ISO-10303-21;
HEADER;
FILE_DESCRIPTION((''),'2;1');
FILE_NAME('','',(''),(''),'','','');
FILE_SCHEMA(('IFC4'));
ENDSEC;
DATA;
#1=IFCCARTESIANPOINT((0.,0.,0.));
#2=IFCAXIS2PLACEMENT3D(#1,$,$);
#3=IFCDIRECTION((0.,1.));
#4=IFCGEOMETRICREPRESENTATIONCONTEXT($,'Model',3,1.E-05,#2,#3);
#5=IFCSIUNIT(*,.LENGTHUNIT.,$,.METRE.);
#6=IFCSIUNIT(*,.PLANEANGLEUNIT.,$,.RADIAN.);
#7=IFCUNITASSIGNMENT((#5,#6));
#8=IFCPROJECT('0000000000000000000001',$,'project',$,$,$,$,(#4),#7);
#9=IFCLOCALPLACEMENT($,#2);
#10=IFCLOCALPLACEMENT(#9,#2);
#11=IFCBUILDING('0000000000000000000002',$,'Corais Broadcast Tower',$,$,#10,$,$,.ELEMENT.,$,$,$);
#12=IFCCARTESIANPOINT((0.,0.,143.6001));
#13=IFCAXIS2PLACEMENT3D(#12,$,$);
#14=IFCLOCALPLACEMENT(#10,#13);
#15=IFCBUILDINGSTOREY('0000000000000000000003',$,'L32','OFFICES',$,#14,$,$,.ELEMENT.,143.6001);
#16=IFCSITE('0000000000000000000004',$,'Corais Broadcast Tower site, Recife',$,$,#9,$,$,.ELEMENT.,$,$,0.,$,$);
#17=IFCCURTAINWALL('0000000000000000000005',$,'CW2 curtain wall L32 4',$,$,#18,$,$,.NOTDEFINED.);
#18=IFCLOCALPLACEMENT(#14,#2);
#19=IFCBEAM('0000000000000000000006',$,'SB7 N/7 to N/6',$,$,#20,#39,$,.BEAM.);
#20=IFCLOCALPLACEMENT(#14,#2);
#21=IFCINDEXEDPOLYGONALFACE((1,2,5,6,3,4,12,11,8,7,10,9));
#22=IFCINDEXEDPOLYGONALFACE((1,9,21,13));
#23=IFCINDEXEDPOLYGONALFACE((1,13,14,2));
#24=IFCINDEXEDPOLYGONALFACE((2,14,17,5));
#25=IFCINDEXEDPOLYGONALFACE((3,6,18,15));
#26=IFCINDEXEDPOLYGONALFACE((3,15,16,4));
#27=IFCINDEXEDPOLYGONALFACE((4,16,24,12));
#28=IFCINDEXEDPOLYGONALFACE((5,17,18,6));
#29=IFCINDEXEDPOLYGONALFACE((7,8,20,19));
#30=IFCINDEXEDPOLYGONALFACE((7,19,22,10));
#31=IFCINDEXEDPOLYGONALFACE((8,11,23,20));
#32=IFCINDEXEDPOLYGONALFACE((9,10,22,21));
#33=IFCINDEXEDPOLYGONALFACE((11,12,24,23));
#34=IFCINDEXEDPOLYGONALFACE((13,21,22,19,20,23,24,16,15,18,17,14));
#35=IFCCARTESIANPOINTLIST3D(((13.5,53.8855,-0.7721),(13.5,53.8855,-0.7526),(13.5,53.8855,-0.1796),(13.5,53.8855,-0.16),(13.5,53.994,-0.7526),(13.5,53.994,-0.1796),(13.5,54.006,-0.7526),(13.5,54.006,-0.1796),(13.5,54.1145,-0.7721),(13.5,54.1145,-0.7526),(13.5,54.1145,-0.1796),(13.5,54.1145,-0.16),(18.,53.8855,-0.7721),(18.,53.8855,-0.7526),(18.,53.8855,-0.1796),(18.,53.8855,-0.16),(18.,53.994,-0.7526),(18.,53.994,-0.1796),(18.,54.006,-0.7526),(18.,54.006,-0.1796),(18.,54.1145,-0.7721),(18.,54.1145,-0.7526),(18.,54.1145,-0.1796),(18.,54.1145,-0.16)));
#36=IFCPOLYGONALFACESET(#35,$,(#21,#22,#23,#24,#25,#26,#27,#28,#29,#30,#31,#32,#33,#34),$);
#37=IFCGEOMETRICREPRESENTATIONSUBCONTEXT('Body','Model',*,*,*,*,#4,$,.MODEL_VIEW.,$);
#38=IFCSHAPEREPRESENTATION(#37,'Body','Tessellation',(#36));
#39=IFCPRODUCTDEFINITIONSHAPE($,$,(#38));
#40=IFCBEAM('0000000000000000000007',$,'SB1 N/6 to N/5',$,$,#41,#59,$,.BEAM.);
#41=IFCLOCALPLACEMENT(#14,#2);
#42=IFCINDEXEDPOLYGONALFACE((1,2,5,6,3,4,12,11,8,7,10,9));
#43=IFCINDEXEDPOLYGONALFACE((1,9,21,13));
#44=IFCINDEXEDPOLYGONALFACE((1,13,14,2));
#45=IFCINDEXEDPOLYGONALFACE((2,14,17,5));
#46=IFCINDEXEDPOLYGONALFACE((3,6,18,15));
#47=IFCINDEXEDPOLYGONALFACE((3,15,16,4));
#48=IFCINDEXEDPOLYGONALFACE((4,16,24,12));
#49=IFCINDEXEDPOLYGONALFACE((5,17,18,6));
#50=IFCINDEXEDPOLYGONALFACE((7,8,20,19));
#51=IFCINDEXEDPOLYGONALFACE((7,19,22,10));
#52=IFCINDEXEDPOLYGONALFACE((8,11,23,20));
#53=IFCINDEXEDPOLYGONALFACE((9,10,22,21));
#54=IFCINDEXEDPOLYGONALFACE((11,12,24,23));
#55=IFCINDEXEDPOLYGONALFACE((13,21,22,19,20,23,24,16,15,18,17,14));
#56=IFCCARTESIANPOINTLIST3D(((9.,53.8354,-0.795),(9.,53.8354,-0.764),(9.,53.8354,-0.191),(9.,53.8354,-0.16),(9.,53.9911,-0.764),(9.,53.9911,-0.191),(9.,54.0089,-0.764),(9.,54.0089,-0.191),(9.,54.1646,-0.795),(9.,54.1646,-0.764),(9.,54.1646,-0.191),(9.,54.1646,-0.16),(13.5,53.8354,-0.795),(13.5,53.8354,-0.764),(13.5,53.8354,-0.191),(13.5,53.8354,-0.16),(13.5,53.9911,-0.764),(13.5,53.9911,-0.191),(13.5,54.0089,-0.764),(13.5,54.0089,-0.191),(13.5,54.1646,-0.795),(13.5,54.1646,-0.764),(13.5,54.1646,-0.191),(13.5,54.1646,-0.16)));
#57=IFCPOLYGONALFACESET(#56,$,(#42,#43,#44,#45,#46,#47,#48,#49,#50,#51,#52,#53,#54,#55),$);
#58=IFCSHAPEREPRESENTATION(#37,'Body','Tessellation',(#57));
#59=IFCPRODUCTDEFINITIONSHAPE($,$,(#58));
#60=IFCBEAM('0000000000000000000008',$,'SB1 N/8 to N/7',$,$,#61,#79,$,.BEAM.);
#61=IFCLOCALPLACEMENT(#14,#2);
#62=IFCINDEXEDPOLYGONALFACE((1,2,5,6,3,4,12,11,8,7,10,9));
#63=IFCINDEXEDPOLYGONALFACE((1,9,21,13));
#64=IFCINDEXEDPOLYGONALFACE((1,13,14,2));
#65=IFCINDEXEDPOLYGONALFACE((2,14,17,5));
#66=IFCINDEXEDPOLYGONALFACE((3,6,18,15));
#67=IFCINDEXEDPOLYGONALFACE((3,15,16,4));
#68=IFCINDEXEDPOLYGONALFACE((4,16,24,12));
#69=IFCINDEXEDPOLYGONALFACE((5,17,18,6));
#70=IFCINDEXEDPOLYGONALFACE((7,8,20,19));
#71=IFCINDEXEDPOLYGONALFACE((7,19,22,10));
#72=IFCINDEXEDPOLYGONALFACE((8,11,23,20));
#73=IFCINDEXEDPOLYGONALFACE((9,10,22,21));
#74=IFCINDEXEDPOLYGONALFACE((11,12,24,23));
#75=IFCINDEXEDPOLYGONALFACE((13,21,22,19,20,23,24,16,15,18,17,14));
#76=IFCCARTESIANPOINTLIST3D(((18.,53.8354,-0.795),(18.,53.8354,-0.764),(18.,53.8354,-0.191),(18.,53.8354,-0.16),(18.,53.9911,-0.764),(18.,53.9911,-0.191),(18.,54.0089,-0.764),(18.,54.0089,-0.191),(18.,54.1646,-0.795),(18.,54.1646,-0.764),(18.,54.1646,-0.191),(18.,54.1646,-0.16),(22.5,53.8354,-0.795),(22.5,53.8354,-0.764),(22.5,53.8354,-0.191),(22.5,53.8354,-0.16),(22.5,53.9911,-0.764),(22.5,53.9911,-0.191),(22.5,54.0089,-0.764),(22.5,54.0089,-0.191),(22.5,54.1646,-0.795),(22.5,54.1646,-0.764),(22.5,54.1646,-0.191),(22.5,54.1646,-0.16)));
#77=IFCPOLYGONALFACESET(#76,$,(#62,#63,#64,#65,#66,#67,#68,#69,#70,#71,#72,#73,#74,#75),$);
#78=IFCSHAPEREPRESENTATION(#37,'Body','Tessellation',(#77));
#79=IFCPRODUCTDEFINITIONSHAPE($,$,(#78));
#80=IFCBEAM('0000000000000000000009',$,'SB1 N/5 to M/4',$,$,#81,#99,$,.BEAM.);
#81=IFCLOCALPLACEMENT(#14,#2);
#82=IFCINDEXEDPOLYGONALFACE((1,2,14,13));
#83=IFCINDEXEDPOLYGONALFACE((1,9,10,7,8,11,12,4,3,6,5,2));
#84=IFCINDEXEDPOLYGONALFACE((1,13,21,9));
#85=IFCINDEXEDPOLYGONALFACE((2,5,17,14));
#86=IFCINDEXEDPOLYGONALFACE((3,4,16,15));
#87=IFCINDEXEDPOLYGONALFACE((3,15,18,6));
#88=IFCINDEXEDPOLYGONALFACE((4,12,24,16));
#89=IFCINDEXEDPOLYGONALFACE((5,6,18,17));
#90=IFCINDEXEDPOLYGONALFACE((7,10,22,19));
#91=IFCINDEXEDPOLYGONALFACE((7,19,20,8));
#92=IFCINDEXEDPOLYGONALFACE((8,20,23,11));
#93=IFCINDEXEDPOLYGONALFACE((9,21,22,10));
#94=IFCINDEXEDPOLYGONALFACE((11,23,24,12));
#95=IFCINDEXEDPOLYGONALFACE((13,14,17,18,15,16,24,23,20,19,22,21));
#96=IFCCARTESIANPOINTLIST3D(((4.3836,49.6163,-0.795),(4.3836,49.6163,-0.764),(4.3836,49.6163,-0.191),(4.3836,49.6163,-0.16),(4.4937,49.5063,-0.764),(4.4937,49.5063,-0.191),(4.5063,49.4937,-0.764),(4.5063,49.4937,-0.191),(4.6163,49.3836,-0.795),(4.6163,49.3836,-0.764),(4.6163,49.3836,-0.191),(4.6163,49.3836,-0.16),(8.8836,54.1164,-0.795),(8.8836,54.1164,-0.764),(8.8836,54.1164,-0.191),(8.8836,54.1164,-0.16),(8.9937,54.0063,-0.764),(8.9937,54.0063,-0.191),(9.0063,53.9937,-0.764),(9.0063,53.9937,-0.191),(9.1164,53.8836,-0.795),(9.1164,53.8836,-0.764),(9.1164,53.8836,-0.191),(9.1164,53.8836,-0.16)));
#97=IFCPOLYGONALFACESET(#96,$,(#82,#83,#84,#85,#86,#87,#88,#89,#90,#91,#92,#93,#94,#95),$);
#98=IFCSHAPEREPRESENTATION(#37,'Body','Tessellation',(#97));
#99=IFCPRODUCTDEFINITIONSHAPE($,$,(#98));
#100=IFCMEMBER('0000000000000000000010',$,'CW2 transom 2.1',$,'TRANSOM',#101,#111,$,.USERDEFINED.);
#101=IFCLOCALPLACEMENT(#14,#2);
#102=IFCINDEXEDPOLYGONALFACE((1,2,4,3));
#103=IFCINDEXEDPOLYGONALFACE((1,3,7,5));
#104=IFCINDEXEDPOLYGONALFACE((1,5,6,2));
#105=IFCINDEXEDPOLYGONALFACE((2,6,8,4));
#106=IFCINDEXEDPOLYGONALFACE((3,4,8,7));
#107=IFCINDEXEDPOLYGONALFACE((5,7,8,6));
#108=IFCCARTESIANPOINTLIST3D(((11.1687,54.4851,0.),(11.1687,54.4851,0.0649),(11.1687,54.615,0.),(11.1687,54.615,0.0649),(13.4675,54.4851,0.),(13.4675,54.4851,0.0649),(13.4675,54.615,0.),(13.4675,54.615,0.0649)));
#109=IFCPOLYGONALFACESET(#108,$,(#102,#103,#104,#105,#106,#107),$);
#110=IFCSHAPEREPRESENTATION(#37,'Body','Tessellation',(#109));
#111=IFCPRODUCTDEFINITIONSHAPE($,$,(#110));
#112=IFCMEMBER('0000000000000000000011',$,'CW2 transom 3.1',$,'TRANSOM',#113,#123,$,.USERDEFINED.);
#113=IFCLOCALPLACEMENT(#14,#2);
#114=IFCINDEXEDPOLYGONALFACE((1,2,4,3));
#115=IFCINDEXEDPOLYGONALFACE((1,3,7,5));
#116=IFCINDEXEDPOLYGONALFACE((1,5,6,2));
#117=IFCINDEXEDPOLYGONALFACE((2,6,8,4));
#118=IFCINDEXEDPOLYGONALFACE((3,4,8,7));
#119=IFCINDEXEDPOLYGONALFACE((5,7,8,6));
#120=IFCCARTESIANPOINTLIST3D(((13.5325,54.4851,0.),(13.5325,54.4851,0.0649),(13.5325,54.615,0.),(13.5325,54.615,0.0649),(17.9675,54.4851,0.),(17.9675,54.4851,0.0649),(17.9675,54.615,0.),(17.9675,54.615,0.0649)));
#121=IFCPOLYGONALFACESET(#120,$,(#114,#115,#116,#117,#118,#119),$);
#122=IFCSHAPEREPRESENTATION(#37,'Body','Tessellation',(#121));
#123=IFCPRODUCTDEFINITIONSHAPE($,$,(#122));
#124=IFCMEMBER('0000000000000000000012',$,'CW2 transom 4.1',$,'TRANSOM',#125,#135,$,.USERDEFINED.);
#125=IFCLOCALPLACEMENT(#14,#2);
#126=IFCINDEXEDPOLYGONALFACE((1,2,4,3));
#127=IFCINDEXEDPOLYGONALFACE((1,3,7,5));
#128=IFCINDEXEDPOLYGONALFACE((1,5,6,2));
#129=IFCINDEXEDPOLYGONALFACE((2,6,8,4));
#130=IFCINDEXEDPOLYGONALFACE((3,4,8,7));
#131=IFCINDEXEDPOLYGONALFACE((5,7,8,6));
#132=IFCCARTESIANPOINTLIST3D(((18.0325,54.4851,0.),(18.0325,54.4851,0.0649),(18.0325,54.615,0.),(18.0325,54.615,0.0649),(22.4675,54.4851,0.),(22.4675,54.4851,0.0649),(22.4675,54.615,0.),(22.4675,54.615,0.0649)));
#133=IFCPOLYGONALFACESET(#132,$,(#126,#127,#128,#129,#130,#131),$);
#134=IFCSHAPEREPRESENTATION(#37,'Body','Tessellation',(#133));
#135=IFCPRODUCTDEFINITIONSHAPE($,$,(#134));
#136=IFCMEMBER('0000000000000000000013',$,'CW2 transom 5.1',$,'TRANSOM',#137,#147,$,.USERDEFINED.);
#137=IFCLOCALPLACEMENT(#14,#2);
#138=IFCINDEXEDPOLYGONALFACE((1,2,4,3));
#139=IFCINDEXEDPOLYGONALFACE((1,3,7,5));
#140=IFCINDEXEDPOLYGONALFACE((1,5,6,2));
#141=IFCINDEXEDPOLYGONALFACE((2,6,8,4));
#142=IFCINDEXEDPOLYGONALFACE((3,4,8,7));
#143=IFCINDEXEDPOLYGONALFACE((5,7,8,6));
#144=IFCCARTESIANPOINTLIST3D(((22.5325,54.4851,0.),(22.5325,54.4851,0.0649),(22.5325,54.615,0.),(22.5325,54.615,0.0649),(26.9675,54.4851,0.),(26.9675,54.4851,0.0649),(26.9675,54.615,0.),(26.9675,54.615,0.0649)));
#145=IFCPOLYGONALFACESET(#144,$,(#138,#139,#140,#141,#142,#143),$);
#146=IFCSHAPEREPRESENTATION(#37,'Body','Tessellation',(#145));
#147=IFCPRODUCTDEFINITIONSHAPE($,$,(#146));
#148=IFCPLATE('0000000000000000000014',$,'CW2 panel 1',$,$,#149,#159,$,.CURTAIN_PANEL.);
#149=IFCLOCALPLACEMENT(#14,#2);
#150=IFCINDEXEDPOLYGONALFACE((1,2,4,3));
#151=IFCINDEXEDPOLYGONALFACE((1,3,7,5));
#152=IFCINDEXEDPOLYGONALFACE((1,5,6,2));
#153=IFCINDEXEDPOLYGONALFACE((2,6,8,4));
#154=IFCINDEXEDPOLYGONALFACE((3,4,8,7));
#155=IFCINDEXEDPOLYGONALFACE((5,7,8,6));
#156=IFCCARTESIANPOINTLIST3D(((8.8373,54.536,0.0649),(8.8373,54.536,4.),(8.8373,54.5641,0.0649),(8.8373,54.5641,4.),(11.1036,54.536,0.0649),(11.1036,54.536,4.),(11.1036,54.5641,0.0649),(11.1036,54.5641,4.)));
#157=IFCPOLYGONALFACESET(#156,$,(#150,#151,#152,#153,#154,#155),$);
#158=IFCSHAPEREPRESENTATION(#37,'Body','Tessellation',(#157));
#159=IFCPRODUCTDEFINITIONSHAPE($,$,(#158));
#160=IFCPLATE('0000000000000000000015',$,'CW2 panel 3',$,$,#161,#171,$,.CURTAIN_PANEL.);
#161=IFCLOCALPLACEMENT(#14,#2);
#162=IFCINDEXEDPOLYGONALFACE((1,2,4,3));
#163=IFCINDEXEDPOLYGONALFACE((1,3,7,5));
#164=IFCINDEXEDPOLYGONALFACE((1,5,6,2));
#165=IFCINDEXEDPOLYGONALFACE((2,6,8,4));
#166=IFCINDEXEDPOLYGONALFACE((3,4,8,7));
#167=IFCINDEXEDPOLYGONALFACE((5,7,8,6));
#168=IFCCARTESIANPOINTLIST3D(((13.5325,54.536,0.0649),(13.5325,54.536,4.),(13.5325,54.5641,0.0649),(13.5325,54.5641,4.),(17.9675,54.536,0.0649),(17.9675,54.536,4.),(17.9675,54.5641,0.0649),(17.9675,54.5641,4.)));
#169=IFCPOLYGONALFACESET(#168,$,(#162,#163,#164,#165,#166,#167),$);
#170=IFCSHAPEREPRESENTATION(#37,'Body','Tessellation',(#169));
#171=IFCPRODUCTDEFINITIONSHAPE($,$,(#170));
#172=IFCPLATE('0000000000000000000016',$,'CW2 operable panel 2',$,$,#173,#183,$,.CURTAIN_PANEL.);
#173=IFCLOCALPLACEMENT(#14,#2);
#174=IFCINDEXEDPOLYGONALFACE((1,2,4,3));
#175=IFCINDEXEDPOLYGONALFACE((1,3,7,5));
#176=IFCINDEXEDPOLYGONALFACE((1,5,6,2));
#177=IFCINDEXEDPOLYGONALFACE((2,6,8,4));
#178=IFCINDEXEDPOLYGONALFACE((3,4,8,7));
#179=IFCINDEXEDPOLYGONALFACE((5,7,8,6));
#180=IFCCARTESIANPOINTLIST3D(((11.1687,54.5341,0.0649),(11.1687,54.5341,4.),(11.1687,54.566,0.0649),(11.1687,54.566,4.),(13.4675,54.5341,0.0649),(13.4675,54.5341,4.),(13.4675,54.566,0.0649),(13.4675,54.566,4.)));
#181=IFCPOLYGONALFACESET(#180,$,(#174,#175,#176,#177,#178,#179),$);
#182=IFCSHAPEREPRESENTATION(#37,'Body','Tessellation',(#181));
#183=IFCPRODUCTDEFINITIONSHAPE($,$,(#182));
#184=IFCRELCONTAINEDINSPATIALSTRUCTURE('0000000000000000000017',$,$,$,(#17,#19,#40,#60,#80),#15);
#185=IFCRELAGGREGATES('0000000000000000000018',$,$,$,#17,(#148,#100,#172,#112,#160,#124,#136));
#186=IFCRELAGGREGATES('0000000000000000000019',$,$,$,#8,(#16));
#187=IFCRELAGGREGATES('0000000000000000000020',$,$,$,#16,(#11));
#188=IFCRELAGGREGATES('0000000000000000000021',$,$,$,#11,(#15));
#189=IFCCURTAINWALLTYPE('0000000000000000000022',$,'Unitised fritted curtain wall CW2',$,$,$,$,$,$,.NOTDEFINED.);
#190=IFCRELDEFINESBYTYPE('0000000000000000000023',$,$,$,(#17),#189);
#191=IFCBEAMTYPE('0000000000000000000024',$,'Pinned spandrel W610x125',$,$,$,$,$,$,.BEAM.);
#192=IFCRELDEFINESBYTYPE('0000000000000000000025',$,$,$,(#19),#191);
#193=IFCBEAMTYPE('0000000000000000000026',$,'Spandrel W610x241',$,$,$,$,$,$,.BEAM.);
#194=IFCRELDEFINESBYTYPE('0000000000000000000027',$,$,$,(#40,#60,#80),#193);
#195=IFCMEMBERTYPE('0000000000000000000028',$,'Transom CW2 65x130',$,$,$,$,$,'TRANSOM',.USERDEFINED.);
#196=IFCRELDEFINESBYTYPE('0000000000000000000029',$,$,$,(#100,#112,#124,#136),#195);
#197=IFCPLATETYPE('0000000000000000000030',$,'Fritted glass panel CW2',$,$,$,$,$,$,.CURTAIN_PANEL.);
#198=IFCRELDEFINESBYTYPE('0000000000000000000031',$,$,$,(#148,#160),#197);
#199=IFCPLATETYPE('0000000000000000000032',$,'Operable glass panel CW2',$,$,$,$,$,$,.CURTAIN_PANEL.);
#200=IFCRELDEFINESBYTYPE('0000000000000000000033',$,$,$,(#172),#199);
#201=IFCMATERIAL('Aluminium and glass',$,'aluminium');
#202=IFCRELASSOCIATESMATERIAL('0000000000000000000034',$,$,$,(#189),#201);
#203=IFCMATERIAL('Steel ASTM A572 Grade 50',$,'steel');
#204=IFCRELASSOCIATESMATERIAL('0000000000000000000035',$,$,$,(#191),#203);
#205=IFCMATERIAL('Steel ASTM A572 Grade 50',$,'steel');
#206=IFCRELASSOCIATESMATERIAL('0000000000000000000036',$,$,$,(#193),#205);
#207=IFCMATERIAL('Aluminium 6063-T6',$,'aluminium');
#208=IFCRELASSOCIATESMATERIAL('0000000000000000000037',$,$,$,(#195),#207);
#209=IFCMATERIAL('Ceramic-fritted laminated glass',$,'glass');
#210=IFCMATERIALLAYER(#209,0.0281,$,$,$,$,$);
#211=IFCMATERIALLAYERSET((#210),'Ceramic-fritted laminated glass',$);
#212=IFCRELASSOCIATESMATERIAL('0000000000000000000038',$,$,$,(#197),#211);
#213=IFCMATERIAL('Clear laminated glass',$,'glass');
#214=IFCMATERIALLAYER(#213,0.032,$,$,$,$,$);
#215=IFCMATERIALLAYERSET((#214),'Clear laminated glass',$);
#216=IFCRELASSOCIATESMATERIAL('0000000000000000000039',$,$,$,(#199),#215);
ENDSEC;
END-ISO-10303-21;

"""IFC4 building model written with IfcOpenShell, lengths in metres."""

from ifc_helpers import new_model, si_unit, direction, frame, origin, origin_2d, place, context, subcontext, project, spatial, rectangle, i_section, extrude, material, layer, layer_set, material_profile, profile_set, type_object, element, aggregate, save


model = new_model("IFC4")

# Units and contexts
model_context = context("Model", 3, precision=1e-05, world=origin(), true_north=direction((0.0, 1.0)))
body_context = subcontext(model_context, "Body", "Model", "MODEL_VIEW")
ifc_project = project(units=[si_unit("LENGTHUNIT", "METRE"), si_unit("PLANEANGLEUNIT", "RADIAN")], contexts=[model_context])

# Site, building, storey
site_placement = place(None, origin())
site = spatial("IfcSite", under=ifc_project, at=site_placement, Name="Corais Broadcast Tower site, Recife", CompositionType="ELEMENT", RefElevation=0.0)
building_placement = place(site_placement, origin())
building = spatial("IfcBuilding", under=site, at=building_placement, Name="Corais Broadcast Tower", CompositionType="ELEMENT")
storey_placement = place(building_placement, frame((0.0, 0.0, 143.6001)))
storey = spatial("IfcBuildingStorey", under=building, at=storey_placement, Name="L32", Description="OFFICES", CompositionType="ELEMENT", Elevation=143.6001)

# Curtain wall
ifc_material_1 = material(Name="Aluminium and glass", Category="aluminium")
curtain_wall_type = type_object("IfcCurtainWallType", Name="Unitised fritted curtain wall CW2", PredefinedType="NOTDEFINED", material=ifc_material_1)
curtain_wall_placement = place(storey_placement, origin())
curtain_wall = element("IfcCurtainWall", 1, at=curtain_wall_placement, inside=storey, type_object=curtain_wall_type, Name="CW2 curtain wall L32 4", PredefinedType="NOTDEFINED")

# Beams
ifc_material_2 = material(Name="Steel ASTM A572 Grade 50", Category="steel")
ifc_material_profile_1 = material_profile(ifc_material_2, i_section(OverallWidth=0.229, OverallDepth=0.6121, WebThickness=0.012, FlangeThickness=0.0195, at=origin_2d()), Name="W610x125")
ifc_profile_set_1 = profile_set([ifc_material_profile_1], Name="Steel ASTM A572 Grade 50")
beam_type_1 = type_object("IfcBeamType", Name="Pinned spandrel W610x125", PredefinedType="BEAM", material=ifc_profile_set_1)
beam_1_placement = place(storey_placement, frame((18.0, 54.0, -0.4661), z_axis=(-1.0, 0.0, 0.0), x_axis=(0.0, -1.0, 0.0)))
element("IfcBeam", 2, at=beam_1_placement, inside=storey, type_object=beam_type_1, Name="SB7 N/7 to N/6", PredefinedType="BEAM", context=body_context, shape_type="SweptSolid", body=[
    extrude(i_section(OverallWidth=0.229, OverallDepth=0.6121, WebThickness=0.012, FlangeThickness=0.0195, at=origin_2d()), origin(), (0.0, 0.0, 1.0), 4.5),
])
ifc_material_3 = material(Name="Steel ASTM A572 Grade 50", Category="steel")
ifc_material_profile_2 = material_profile(ifc_material_3, i_section(OverallWidth=0.3291, OverallDepth=0.635, WebThickness=0.0178, FlangeThickness=0.031, at=origin_2d()), Name="W610x241")
ifc_profile_set_2 = profile_set([ifc_material_profile_2], Name="Steel ASTM A572 Grade 50")
beam_type_2 = type_object("IfcBeamType", Name="Spandrel W610x241", PredefinedType="BEAM", material=ifc_profile_set_2)
for number, where, z_axis, x_axis, name in (
    (3, (13.5, 54.0, -0.4775), (-1.0, 0.0, 0.0), (0.0, -1.0, 0.0), "SB1 N/6 to N/5"),
    (4, (22.5, 54.0, -0.4775), (-1.0, 0.0, 0.0), (0.0, -1.0, 0.0), "SB1 N/8 to N/7"),
):
    element("IfcBeam", number, at=place(storey_placement, frame(where, z_axis=z_axis, x_axis=x_axis)), inside=storey, type_object=beam_type_2, Name=name, PredefinedType="BEAM", context=body_context, shape_type="SweptSolid", body=[
        extrude(i_section(OverallWidth=0.3291, OverallDepth=0.635, WebThickness=0.0178, FlangeThickness=0.031, at=origin_2d()), origin(), (0.0, 0.0, 1.0), 4.5),
    ])
beam_2_placement = place(storey_placement, frame((9.0, 54.0, -0.4775), z_axis=(-0.707107, -0.707107, 0.0), x_axis=(0.707107, -0.707107, 0.0)))
element("IfcBeam", 5, at=beam_2_placement, inside=storey, type_object=beam_type_2, Name="SB1 N/5 to M/4", PredefinedType="BEAM", context=body_context, shape_type="SweptSolid", body=[
    extrude(i_section(OverallWidth=0.3291, OverallDepth=0.635, WebThickness=0.0178, FlangeThickness=0.031, at=origin_2d()), origin(), (0.0, 0.0, 1.0), 6.364),
])

# Members
ifc_material_4 = material(Name="Aluminium 6063-T6", Category="aluminium")
ifc_material_profile_3 = material_profile(ifc_material_4, rectangle(XDim=0.1299, YDim=0.0649, at=origin_2d()), Name="Transom CW2 65x130")
ifc_profile_set_3 = profile_set([ifc_material_profile_3], Name="Aluminium 6063-T6")
member_type_1 = type_object("IfcMemberType", Name="Transom CW2 65x130", ElementType="TRANSOM", PredefinedType="USERDEFINED", material=ifc_profile_set_3)
member_1_placement = place(storey_placement, frame((11.1687, 54.55, 0.0325), z_axis=(1.0, 0.0, 0.0), x_axis=(0.0, 1.0, 0.0)))
member_1 = element("IfcMember", 6, at=member_1_placement, type_object=member_type_1, Name="CW2 transom 2.1", ObjectType="TRANSOM", PredefinedType="USERDEFINED", context=body_context, shape_type="SweptSolid", body=[
    extrude(rectangle(XDim=0.1299, YDim=0.0649, at=origin_2d()), origin(), (0.0, 0.0, 1.0), 2.2988),
])
member_2_placement = place(storey_placement, frame((13.5325, 54.55, 0.0325), z_axis=(1.0, 0.0, 0.0), x_axis=(0.0, 1.0, 0.0)))
member_2 = element("IfcMember", 7, at=member_2_placement, type_object=member_type_1, Name="CW2 transom 3.1", ObjectType="TRANSOM", PredefinedType="USERDEFINED", context=body_context, shape_type="SweptSolid", body=[
    extrude(rectangle(XDim=0.1299, YDim=0.0649, at=origin_2d()), origin(), (0.0, 0.0, 1.0), 4.4351),
])
member_3_placement = place(storey_placement, frame((18.0325, 54.55, 0.0325), z_axis=(1.0, 0.0, 0.0), x_axis=(0.0, 1.0, 0.0)))
member_3 = element("IfcMember", 8, at=member_3_placement, type_object=member_type_1, Name="CW2 transom 4.1", ObjectType="TRANSOM", PredefinedType="USERDEFINED", context=body_context, shape_type="SweptSolid", body=[
    extrude(rectangle(XDim=0.1299, YDim=0.0649, at=origin_2d()), origin(), (0.0, 0.0, 1.0), 4.4351),
])
member_4_placement = place(storey_placement, frame((22.5325, 54.55, 0.0325), z_axis=(1.0, 0.0, 0.0), x_axis=(0.0, 1.0, 0.0)))
member_4 = element("IfcMember", 9, at=member_4_placement, type_object=member_type_1, Name="CW2 transom 5.1", ObjectType="TRANSOM", PredefinedType="USERDEFINED", context=body_context, shape_type="SweptSolid", body=[
    extrude(rectangle(XDim=0.1299, YDim=0.0649, at=origin_2d()), origin(), (0.0, 0.0, 1.0), 4.4351),
])

# Plates
ifc_material_5 = material(Name="Ceramic-fritted laminated glass", Category="glass")
ifc_layer_1 = layer(ifc_material_5, 0.0281)
ifc_layer_set_1 = layer_set([ifc_layer_1], Name="Ceramic-fritted laminated glass")
plate_type_1 = type_object("IfcPlateType", Name="Fritted glass panel CW2", PredefinedType="CURTAIN_PANEL", material=ifc_layer_set_1)
plate_1_placement = place(storey_placement, frame((9.9705, 54.55, 0.0649), z_axis=(0.0, 0.0, 1.0), x_axis=(1.0, 0.0, 0.0)))
plate_1 = element("IfcPlate", 10, at=plate_1_placement, type_object=plate_type_1, Name="CW2 panel 1", PredefinedType="CURTAIN_PANEL", context=body_context, shape_type="SweptSolid", body=[
    extrude(rectangle(XDim=2.2664, YDim=0.0281, at=origin_2d()), origin(), (0.0, 0.0, 1.0), 3.9351),
])
plate_2_placement = place(storey_placement, frame((15.75, 54.55, 0.0649), z_axis=(0.0, 0.0, 1.0), x_axis=(1.0, 0.0, 0.0)))
plate_2 = element("IfcPlate", 11, at=plate_2_placement, type_object=plate_type_1, Name="CW2 panel 3", PredefinedType="CURTAIN_PANEL", context=body_context, shape_type="SweptSolid", body=[
    extrude(rectangle(XDim=4.4351, YDim=0.0281, at=origin_2d()), origin(), (0.0, 0.0, 1.0), 3.9351),
])
ifc_material_6 = material(Name="Clear laminated glass", Category="glass")
ifc_layer_2 = layer(ifc_material_6, 0.032)
ifc_layer_set_2 = layer_set([ifc_layer_2], Name="Clear laminated glass")
plate_type_2 = type_object("IfcPlateType", Name="Operable glass panel CW2", PredefinedType="CURTAIN_PANEL", material=ifc_layer_set_2)
plate_3_placement = place(storey_placement, frame((12.3181, 54.55, 0.0649), z_axis=(0.0, 0.0, 1.0), x_axis=(1.0, 0.0, 0.0)))
plate_3 = element("IfcPlate", 12, at=plate_3_placement, type_object=plate_type_2, Name="CW2 operable panel 2", PredefinedType="CURTAIN_PANEL", context=body_context, shape_type="SweptSolid", body=[
    extrude(rectangle(XDim=2.2988, YDim=0.032, at=origin_2d()), origin(), (0.0, 0.0, 1.0), 3.9351),
])
aggregate(curtain_wall, [plate_1, member_1, plate_3, member_2, plate_2, member_3, member_4])

save(model, "model.ifc")
